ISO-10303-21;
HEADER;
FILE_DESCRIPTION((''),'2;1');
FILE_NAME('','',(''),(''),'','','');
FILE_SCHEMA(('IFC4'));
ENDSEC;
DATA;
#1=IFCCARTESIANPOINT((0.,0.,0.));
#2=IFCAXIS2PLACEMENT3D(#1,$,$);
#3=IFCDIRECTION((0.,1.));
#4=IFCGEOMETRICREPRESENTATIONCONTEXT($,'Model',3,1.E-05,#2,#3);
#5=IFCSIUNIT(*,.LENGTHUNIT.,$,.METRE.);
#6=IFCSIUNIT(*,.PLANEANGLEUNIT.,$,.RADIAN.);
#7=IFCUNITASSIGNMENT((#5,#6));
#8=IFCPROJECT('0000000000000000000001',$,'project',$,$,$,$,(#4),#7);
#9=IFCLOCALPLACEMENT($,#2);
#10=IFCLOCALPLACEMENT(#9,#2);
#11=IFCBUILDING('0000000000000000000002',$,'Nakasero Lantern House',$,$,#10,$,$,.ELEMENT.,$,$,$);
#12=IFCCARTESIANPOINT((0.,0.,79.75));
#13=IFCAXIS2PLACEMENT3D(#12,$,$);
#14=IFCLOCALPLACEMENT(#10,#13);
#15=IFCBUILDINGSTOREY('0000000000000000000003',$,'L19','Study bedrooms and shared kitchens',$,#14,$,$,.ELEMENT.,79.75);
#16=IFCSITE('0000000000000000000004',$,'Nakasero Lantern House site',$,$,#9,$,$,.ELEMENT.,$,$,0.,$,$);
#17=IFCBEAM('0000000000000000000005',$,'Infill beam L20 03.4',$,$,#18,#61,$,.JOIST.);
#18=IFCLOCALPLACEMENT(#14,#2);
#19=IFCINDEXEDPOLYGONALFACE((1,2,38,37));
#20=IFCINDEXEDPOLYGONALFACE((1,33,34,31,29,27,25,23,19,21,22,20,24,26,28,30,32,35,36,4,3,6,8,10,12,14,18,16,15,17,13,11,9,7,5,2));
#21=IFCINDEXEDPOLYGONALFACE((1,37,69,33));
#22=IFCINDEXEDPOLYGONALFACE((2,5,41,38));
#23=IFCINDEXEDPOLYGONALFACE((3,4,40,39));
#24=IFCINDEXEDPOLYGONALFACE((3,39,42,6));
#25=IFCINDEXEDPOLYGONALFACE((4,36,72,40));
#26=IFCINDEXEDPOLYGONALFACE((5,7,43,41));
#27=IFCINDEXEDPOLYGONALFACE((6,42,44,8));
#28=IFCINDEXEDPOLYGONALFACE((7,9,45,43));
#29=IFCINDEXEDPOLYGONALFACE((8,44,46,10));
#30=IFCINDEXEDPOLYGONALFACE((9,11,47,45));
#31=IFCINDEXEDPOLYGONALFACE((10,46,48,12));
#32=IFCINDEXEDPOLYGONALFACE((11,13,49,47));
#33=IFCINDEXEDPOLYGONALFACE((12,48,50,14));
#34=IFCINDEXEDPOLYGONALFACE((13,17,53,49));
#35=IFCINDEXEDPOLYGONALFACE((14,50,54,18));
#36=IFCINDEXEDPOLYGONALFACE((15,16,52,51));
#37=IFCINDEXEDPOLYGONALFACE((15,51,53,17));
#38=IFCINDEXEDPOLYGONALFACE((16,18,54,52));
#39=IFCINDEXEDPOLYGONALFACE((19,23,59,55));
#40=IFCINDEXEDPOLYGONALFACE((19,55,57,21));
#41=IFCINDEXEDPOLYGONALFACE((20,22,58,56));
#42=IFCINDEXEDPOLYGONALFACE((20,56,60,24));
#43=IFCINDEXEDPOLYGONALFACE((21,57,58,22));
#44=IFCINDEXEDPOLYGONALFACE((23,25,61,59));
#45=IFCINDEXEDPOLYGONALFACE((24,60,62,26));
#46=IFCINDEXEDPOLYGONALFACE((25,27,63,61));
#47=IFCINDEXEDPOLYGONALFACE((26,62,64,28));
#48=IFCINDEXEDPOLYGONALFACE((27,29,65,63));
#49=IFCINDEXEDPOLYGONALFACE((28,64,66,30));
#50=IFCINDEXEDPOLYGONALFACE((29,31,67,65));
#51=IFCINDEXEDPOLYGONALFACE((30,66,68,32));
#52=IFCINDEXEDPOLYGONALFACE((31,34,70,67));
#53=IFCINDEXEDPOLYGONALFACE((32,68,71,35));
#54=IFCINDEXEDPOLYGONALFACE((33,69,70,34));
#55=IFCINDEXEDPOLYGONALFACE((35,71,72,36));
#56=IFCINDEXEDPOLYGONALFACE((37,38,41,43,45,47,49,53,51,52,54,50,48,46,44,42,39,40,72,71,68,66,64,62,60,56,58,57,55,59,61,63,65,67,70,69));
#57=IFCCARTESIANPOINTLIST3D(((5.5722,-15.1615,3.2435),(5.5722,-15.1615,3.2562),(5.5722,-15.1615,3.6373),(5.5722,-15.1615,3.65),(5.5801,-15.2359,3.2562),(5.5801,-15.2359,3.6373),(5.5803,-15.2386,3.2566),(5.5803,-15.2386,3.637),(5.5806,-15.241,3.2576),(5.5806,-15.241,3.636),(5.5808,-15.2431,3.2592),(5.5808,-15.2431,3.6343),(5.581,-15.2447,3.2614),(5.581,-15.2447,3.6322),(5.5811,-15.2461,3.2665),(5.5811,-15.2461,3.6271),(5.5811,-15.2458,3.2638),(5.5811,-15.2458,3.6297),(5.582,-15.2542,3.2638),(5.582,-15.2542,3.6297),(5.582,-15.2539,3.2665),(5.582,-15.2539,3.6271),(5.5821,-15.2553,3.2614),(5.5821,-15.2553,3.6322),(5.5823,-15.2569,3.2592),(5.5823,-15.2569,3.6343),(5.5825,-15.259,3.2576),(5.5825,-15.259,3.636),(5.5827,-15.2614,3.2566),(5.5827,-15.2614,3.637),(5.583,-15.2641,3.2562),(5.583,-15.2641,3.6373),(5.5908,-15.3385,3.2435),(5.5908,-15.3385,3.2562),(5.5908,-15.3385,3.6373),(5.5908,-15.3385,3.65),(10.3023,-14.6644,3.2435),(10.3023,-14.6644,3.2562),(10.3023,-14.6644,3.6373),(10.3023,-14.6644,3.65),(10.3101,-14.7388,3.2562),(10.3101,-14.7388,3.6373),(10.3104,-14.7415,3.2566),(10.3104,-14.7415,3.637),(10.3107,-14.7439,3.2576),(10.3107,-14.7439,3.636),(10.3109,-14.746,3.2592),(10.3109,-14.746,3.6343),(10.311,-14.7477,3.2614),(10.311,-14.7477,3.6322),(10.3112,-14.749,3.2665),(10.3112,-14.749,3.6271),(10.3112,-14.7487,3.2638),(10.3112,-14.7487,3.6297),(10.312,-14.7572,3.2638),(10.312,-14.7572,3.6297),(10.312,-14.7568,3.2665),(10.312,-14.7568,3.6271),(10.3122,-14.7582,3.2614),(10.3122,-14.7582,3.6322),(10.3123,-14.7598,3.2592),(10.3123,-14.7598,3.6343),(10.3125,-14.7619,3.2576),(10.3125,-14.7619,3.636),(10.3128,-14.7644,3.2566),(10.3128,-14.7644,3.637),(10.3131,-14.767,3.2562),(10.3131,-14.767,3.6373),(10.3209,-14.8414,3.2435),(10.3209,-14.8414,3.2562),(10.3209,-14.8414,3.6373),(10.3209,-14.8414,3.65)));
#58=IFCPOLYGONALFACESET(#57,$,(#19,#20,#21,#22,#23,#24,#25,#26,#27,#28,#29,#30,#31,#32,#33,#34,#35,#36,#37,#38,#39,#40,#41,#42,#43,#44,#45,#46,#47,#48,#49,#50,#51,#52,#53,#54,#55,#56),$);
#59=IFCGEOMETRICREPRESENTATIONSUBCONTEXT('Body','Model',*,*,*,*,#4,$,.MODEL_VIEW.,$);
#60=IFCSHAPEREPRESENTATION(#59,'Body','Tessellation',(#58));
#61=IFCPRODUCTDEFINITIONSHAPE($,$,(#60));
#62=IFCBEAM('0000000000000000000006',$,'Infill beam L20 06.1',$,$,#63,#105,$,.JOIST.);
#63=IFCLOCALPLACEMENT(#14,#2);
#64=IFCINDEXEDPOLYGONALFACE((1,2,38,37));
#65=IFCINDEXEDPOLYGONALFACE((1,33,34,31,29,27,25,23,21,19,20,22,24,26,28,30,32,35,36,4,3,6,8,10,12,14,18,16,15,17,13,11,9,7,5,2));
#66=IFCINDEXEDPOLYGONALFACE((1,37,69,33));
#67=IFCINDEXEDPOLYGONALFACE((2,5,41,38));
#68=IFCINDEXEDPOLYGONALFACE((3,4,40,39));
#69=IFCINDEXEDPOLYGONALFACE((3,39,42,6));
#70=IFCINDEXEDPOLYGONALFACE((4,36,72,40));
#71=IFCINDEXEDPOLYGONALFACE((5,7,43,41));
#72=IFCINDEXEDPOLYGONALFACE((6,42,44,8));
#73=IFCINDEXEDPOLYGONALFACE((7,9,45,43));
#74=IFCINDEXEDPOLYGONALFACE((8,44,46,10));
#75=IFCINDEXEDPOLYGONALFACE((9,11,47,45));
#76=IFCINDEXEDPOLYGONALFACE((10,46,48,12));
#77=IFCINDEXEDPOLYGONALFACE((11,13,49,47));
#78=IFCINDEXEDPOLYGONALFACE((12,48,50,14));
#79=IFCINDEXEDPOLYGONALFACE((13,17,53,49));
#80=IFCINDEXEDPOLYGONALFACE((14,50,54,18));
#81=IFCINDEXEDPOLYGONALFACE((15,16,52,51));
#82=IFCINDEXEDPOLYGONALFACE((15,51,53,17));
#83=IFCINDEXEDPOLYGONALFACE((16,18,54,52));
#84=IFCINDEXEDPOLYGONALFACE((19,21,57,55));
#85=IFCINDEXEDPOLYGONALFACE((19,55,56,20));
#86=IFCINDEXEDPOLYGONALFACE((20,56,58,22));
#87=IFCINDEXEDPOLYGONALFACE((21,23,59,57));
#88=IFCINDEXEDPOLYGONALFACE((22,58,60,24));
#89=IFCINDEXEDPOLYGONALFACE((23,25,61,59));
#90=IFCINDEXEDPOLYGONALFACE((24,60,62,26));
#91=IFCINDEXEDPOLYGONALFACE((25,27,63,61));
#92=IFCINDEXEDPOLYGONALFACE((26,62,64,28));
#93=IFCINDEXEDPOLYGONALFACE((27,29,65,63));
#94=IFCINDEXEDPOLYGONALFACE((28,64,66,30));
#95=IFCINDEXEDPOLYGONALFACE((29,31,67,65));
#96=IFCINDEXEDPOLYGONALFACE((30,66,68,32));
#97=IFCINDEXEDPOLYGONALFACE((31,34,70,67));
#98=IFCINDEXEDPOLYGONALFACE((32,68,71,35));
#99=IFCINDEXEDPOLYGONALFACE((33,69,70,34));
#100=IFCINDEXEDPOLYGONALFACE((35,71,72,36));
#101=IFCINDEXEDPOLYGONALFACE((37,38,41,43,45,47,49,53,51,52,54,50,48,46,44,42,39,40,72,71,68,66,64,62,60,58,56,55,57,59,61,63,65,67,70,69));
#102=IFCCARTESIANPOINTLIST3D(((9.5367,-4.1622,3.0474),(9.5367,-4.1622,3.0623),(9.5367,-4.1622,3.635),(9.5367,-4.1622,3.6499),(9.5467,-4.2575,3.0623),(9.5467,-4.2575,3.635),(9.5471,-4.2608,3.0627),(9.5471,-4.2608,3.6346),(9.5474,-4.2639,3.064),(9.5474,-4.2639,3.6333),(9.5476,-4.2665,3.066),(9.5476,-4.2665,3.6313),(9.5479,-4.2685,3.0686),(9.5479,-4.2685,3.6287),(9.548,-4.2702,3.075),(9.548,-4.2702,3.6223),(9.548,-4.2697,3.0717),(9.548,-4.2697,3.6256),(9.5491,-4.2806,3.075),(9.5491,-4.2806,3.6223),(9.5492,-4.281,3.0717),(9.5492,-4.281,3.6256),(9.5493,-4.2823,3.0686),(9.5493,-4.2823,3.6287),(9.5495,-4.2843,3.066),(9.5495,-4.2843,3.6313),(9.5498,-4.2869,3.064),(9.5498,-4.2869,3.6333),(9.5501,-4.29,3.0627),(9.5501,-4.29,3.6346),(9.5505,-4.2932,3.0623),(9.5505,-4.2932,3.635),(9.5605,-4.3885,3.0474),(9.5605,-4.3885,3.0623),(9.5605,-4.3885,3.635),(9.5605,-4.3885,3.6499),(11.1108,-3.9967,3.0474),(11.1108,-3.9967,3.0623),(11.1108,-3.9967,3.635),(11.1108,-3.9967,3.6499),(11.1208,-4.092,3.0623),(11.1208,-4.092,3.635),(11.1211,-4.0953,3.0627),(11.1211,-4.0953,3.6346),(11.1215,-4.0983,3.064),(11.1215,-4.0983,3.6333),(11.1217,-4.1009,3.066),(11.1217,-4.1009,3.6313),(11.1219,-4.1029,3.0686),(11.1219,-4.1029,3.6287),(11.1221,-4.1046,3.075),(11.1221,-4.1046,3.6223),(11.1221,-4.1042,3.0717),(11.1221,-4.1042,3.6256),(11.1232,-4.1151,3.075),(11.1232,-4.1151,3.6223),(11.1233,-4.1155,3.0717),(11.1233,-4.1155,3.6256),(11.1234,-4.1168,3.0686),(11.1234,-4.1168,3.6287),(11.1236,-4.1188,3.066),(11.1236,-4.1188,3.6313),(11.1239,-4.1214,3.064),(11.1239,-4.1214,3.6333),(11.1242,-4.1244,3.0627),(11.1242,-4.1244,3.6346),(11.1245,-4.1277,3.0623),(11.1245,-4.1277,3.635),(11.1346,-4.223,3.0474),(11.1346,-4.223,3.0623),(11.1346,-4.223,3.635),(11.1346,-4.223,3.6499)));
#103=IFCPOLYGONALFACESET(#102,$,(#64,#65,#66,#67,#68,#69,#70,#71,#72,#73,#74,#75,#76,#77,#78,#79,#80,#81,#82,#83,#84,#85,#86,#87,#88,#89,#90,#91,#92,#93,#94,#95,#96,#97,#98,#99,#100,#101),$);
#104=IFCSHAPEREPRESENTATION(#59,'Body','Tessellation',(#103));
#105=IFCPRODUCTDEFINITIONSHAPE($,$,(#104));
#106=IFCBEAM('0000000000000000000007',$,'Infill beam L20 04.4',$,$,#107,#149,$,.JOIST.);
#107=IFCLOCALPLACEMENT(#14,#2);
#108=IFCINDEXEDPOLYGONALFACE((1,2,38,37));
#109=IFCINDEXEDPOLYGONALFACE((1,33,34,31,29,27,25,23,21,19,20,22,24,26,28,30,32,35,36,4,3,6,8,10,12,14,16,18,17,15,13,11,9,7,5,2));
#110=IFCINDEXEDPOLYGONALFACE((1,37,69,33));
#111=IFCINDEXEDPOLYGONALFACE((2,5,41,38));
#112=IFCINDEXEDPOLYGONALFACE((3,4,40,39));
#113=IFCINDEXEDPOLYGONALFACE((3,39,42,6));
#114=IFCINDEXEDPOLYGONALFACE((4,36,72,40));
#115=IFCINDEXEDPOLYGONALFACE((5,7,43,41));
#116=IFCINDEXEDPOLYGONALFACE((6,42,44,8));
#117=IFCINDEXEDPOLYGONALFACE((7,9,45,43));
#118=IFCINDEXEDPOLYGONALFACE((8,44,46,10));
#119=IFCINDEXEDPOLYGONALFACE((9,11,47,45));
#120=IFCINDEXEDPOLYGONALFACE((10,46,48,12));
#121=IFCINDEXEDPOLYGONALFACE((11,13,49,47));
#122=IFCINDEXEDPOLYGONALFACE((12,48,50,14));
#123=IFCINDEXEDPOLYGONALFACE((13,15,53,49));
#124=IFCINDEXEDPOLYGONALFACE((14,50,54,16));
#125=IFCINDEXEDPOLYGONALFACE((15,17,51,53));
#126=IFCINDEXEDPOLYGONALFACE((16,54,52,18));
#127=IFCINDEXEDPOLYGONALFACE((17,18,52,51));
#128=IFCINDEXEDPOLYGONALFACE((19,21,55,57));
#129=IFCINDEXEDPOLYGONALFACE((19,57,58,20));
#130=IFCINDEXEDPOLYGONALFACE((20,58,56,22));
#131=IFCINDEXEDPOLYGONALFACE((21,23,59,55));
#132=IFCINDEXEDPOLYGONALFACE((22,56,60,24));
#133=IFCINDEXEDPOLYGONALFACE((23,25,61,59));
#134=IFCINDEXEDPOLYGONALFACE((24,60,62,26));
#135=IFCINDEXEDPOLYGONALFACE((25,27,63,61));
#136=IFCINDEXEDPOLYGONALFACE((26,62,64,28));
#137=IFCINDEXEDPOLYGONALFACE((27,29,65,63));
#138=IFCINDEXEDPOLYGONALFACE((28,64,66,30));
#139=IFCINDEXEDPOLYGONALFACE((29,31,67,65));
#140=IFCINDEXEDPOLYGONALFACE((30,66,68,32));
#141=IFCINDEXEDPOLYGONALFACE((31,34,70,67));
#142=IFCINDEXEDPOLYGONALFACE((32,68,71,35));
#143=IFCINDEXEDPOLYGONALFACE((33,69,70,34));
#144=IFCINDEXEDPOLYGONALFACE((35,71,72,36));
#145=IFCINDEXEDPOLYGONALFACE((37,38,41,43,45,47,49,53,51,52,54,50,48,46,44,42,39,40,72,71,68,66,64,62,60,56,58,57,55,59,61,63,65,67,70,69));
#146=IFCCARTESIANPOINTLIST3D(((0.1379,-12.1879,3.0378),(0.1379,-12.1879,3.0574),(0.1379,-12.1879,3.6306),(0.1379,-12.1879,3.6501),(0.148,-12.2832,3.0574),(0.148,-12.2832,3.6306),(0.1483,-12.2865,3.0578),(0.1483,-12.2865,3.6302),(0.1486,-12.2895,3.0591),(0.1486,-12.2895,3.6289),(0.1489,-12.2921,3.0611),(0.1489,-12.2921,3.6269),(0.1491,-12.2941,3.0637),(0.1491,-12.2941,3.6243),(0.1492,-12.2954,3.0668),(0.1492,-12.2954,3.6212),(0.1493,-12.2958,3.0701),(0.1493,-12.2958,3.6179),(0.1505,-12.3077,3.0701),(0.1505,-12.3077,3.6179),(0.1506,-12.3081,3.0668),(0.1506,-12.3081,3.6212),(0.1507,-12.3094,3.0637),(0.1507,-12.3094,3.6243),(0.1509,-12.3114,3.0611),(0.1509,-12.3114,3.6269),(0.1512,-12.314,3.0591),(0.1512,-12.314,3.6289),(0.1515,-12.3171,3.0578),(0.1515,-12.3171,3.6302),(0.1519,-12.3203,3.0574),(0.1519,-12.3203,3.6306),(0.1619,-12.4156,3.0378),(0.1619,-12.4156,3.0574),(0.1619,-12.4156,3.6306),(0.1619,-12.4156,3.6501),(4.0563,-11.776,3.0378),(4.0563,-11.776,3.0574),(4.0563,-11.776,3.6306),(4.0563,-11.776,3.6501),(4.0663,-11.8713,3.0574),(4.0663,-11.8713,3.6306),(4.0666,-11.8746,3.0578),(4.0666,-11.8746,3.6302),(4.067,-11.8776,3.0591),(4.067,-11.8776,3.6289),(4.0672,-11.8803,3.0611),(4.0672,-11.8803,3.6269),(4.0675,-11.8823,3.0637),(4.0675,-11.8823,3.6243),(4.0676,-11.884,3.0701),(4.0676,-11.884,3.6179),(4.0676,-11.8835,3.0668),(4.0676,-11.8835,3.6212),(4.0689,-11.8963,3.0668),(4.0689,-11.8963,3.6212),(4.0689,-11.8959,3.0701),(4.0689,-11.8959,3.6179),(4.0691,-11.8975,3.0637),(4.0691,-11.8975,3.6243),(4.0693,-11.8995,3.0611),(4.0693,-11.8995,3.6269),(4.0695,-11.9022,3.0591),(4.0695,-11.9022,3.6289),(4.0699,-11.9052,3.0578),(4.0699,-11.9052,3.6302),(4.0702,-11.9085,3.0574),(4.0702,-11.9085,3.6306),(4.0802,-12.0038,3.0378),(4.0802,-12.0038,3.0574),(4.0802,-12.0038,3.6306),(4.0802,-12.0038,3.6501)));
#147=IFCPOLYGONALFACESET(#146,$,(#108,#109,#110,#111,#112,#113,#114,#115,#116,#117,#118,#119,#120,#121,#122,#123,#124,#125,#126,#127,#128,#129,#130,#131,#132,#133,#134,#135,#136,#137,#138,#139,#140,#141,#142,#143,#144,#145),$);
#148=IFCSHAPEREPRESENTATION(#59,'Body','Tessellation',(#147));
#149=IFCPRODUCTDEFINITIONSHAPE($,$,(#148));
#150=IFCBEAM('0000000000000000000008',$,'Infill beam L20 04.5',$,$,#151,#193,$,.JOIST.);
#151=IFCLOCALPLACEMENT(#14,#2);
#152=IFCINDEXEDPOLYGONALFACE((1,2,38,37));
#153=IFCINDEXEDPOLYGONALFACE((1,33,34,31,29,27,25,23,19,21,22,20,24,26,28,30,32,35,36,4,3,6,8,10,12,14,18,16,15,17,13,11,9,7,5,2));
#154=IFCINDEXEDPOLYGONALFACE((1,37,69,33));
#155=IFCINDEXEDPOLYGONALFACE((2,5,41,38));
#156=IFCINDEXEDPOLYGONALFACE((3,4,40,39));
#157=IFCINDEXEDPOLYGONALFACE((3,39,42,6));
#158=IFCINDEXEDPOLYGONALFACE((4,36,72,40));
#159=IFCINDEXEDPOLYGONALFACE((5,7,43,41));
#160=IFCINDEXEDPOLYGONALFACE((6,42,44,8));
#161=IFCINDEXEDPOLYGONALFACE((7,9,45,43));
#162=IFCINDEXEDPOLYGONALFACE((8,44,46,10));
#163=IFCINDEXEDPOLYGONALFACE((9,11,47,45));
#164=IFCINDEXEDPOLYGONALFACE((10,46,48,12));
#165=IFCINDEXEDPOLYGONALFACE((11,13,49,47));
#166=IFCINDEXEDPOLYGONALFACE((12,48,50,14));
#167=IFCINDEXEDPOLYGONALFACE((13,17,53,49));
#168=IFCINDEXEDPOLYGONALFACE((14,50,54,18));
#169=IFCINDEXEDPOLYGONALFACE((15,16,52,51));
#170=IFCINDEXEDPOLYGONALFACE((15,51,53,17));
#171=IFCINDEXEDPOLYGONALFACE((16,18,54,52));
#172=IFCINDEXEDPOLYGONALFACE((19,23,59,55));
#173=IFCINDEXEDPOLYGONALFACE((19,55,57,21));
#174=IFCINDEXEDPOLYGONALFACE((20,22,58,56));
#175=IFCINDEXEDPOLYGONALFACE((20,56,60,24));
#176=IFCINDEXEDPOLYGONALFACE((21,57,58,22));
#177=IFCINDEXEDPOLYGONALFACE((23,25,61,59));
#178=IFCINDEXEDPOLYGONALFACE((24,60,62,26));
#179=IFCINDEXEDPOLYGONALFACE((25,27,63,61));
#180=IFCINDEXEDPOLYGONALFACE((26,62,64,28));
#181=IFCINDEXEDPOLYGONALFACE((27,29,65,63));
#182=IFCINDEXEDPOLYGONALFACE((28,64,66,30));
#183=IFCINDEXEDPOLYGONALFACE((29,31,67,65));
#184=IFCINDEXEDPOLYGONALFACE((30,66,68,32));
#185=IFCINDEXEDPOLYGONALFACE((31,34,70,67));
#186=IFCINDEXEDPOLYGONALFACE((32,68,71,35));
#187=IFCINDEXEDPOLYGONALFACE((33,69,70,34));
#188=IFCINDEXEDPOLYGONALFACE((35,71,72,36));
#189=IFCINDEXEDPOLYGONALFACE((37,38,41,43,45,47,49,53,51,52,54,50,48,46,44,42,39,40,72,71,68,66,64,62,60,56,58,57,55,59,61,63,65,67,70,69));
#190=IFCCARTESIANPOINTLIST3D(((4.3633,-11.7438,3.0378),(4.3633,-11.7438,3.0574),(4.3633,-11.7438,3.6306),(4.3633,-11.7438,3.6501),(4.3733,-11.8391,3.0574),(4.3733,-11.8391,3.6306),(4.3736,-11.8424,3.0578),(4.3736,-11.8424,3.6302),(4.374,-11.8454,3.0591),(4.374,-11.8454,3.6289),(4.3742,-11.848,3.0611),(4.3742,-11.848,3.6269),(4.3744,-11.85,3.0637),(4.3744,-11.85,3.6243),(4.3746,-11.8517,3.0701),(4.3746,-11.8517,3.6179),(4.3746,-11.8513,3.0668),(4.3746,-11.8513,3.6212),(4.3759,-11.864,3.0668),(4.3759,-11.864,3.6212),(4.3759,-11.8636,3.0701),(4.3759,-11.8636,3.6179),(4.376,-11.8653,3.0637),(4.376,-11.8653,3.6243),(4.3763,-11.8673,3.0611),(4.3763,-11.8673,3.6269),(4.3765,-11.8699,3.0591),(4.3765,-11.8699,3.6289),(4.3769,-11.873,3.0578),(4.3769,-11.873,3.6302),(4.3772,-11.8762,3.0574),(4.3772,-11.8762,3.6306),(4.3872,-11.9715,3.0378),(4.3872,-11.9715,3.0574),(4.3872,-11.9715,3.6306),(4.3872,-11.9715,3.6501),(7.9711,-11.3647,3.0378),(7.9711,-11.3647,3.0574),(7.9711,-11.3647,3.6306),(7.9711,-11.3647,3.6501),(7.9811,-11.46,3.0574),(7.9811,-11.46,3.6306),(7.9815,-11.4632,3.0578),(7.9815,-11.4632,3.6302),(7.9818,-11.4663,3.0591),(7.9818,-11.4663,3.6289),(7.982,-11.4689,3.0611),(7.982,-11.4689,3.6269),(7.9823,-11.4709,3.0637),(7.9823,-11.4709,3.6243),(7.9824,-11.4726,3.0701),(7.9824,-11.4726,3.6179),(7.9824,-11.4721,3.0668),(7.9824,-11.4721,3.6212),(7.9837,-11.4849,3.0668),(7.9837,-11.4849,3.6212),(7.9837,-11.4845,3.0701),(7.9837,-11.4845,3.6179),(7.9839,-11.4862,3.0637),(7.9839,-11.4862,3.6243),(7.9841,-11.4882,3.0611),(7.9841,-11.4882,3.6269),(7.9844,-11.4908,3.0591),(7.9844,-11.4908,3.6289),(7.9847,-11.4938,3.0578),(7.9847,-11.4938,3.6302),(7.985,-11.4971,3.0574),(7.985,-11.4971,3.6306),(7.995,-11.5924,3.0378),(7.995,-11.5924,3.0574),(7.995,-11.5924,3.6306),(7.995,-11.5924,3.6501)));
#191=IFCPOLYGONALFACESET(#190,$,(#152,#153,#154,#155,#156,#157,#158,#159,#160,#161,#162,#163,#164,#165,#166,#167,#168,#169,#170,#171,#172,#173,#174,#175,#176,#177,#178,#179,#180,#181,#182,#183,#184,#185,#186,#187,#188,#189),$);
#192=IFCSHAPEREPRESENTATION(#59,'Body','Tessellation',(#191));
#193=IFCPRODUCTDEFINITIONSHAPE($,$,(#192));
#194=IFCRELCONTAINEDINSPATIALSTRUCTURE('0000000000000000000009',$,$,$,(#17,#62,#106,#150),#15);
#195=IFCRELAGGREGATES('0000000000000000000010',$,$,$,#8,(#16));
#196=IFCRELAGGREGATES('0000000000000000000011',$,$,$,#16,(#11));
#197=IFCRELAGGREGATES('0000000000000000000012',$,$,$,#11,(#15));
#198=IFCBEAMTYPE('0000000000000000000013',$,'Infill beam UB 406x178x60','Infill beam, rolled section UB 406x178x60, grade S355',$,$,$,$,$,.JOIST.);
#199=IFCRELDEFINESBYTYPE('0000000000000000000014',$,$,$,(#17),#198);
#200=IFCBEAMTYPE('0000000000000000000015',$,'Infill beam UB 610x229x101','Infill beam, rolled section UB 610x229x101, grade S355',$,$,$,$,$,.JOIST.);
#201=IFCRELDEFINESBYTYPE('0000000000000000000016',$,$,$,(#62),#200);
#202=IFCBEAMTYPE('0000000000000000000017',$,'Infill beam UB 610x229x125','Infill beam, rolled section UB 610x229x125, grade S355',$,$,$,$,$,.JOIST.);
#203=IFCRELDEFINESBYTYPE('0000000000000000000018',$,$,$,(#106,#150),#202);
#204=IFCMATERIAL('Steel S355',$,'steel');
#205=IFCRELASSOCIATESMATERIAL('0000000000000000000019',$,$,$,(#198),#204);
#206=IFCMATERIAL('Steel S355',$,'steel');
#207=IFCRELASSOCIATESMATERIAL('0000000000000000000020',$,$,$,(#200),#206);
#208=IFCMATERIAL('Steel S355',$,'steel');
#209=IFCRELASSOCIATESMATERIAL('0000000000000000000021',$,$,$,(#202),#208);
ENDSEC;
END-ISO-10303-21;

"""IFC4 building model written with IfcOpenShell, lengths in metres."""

from ifc_helpers import new_model, si_unit, direction, frame, origin, origin_2d, place, context, subcontext, project, spatial, i_section, extrude, material, material_profile, profile_set, type_object, element, save


model = new_model("IFC4")

# Units and contexts
model_context = context("Model", 3, precision=1e-05, world=origin(), true_north=direction((0.0, 1.0)))
body_context = subcontext(model_context, "Body", "Model", "MODEL_VIEW")
ifc_project = project(units=[si_unit("LENGTHUNIT", "METRE"), si_unit("PLANEANGLEUNIT", "RADIAN")], contexts=[model_context])

# Site, building, storey
site_placement = place(None, origin())
site = spatial("IfcSite", under=ifc_project, at=site_placement, Name="Nakasero Lantern House site", CompositionType="ELEMENT", RefElevation=0.0)
building_placement = place(site_placement, origin())
building = spatial("IfcBuilding", under=site, at=building_placement, Name="Nakasero Lantern House", CompositionType="ELEMENT")
storey_placement = place(building_placement, frame((0.0, 0.0, 79.75)))
storey = spatial("IfcBuildingStorey", under=building, at=storey_placement, Name="L19", Description="Study bedrooms and shared kitchens", CompositionType="ELEMENT", Elevation=79.75)

# Beams
ifc_material_1 = material(Name="Steel S355", Category="steel")
ifc_material_profile_1 = material_profile(ifc_material_1, i_section(OverallWidth=0.178, OverallDepth=0.4065, WebThickness=0.0078, FlangeThickness=0.0127, FilletRadius=0.0103, at=origin_2d()), Name="UB 406x178x60")
ifc_profile_set_1 = profile_set([ifc_material_profile_1], Name="Steel S355")
beam_type_1 = type_object("IfcBeamType", Name="Infill beam UB 406x178x60", Description="Infill beam, rolled section UB 406x178x60, grade S355", PredefinedType="JOIST", material=ifc_profile_set_1)
beam_1_placement = place(storey_placement, frame((5.5815, -15.25, 3.4468), z_axis=(0.994523, 0.104514, 0.0), x_axis=(-0.104514, 0.994523, 0.0)))
element("IfcBeam", 1, at=beam_1_placement, inside=storey, type_object=beam_type_1, Name="Infill beam L20 03.4", PredefinedType="JOIST", context=body_context, shape_type="SweptSolid", body=[
    extrude(i_section(OverallWidth=0.178, OverallDepth=0.4065, WebThickness=0.0078, FlangeThickness=0.0127, FilletRadius=0.0103, at=origin_2d()), origin(), (0.0, 0.0, 1.0), 4.7561),
])
ifc_material_2 = material(Name="Steel S355", Category="steel")
ifc_material_profile_2 = material_profile(ifc_material_2, i_section(OverallWidth=0.2275, OverallDepth=0.6025, WebThickness=0.0105, FlangeThickness=0.0149, FilletRadius=0.0127, at=origin_2d()), Name="UB 610x229x101")
ifc_profile_set_2 = profile_set([ifc_material_profile_2], Name="Steel S355")
beam_type_2 = type_object("IfcBeamType", Name="Infill beam UB 610x229x101", Description="Infill beam, rolled section UB 610x229x101, grade S355", PredefinedType="JOIST", material=ifc_profile_set_2)
beam_2_placement = place(storey_placement, frame((9.5486, -4.2754, 3.3486), z_axis=(0.994516, 0.104588, 0.0), x_axis=(-0.104588, 0.994516, 0.0)))
element("IfcBeam", 2, at=beam_2_placement, inside=storey, type_object=beam_type_2, Name="Infill beam L20 06.1", PredefinedType="JOIST", context=body_context, shape_type="SweptSolid", body=[
    extrude(i_section(OverallWidth=0.2275, OverallDepth=0.6025, WebThickness=0.0105, FlangeThickness=0.0149, FilletRadius=0.0127, at=origin_2d()), origin(), (0.0, 0.0, 1.0), 1.5828),
])
ifc_material_3 = material(Name="Steel S355", Category="steel")
ifc_material_profile_3 = material_profile(ifc_material_3, i_section(OverallWidth=0.229, OverallDepth=0.6123, WebThickness=0.012, FlangeThickness=0.0195, FilletRadius=0.0127, at=origin_2d()), Name="UB 610x229x125")
ifc_profile_set_3 = profile_set([ifc_material_profile_3], Name="Steel S355")
beam_type_3 = type_object("IfcBeamType", Name="Infill beam UB 610x229x125", Description="Infill beam, rolled section UB 610x229x125, grade S355", PredefinedType="JOIST", material=ifc_profile_set_3)
beam_3_placement = place(storey_placement, frame((0.1499, -12.3018, 3.344), z_axis=(0.994521, 0.104533, 0.0), x_axis=(-0.104533, 0.994521, 0.0)))
element("IfcBeam", 3, at=beam_3_placement, inside=storey, type_object=beam_type_3, Name="Infill beam L20 04.4", PredefinedType="JOIST", context=body_context, shape_type="SweptSolid", body=[
    extrude(i_section(OverallWidth=0.229, OverallDepth=0.6123, WebThickness=0.012, FlangeThickness=0.0195, FilletRadius=0.0127, at=origin_2d()), origin(), (0.0, 0.0, 1.0), 3.9399),
])
beam_4_placement = place(storey_placement, frame((4.3752, -11.8577, 3.344), z_axis=(0.994524, 0.104513, 0.0), x_axis=(-0.104513, 0.994524, 0.0)))
element("IfcBeam", 4, at=beam_4_placement, inside=storey, type_object=beam_type_3, Name="Infill beam L20 04.5", PredefinedType="JOIST", context=body_context, shape_type="SweptSolid", body=[
    extrude(i_section(OverallWidth=0.229, OverallDepth=0.6123, WebThickness=0.012, FlangeThickness=0.0195, FilletRadius=0.0127, at=origin_2d()), origin(), (0.0, 0.0, 1.0), 3.6277),
])

save(model, "model.ifc")
